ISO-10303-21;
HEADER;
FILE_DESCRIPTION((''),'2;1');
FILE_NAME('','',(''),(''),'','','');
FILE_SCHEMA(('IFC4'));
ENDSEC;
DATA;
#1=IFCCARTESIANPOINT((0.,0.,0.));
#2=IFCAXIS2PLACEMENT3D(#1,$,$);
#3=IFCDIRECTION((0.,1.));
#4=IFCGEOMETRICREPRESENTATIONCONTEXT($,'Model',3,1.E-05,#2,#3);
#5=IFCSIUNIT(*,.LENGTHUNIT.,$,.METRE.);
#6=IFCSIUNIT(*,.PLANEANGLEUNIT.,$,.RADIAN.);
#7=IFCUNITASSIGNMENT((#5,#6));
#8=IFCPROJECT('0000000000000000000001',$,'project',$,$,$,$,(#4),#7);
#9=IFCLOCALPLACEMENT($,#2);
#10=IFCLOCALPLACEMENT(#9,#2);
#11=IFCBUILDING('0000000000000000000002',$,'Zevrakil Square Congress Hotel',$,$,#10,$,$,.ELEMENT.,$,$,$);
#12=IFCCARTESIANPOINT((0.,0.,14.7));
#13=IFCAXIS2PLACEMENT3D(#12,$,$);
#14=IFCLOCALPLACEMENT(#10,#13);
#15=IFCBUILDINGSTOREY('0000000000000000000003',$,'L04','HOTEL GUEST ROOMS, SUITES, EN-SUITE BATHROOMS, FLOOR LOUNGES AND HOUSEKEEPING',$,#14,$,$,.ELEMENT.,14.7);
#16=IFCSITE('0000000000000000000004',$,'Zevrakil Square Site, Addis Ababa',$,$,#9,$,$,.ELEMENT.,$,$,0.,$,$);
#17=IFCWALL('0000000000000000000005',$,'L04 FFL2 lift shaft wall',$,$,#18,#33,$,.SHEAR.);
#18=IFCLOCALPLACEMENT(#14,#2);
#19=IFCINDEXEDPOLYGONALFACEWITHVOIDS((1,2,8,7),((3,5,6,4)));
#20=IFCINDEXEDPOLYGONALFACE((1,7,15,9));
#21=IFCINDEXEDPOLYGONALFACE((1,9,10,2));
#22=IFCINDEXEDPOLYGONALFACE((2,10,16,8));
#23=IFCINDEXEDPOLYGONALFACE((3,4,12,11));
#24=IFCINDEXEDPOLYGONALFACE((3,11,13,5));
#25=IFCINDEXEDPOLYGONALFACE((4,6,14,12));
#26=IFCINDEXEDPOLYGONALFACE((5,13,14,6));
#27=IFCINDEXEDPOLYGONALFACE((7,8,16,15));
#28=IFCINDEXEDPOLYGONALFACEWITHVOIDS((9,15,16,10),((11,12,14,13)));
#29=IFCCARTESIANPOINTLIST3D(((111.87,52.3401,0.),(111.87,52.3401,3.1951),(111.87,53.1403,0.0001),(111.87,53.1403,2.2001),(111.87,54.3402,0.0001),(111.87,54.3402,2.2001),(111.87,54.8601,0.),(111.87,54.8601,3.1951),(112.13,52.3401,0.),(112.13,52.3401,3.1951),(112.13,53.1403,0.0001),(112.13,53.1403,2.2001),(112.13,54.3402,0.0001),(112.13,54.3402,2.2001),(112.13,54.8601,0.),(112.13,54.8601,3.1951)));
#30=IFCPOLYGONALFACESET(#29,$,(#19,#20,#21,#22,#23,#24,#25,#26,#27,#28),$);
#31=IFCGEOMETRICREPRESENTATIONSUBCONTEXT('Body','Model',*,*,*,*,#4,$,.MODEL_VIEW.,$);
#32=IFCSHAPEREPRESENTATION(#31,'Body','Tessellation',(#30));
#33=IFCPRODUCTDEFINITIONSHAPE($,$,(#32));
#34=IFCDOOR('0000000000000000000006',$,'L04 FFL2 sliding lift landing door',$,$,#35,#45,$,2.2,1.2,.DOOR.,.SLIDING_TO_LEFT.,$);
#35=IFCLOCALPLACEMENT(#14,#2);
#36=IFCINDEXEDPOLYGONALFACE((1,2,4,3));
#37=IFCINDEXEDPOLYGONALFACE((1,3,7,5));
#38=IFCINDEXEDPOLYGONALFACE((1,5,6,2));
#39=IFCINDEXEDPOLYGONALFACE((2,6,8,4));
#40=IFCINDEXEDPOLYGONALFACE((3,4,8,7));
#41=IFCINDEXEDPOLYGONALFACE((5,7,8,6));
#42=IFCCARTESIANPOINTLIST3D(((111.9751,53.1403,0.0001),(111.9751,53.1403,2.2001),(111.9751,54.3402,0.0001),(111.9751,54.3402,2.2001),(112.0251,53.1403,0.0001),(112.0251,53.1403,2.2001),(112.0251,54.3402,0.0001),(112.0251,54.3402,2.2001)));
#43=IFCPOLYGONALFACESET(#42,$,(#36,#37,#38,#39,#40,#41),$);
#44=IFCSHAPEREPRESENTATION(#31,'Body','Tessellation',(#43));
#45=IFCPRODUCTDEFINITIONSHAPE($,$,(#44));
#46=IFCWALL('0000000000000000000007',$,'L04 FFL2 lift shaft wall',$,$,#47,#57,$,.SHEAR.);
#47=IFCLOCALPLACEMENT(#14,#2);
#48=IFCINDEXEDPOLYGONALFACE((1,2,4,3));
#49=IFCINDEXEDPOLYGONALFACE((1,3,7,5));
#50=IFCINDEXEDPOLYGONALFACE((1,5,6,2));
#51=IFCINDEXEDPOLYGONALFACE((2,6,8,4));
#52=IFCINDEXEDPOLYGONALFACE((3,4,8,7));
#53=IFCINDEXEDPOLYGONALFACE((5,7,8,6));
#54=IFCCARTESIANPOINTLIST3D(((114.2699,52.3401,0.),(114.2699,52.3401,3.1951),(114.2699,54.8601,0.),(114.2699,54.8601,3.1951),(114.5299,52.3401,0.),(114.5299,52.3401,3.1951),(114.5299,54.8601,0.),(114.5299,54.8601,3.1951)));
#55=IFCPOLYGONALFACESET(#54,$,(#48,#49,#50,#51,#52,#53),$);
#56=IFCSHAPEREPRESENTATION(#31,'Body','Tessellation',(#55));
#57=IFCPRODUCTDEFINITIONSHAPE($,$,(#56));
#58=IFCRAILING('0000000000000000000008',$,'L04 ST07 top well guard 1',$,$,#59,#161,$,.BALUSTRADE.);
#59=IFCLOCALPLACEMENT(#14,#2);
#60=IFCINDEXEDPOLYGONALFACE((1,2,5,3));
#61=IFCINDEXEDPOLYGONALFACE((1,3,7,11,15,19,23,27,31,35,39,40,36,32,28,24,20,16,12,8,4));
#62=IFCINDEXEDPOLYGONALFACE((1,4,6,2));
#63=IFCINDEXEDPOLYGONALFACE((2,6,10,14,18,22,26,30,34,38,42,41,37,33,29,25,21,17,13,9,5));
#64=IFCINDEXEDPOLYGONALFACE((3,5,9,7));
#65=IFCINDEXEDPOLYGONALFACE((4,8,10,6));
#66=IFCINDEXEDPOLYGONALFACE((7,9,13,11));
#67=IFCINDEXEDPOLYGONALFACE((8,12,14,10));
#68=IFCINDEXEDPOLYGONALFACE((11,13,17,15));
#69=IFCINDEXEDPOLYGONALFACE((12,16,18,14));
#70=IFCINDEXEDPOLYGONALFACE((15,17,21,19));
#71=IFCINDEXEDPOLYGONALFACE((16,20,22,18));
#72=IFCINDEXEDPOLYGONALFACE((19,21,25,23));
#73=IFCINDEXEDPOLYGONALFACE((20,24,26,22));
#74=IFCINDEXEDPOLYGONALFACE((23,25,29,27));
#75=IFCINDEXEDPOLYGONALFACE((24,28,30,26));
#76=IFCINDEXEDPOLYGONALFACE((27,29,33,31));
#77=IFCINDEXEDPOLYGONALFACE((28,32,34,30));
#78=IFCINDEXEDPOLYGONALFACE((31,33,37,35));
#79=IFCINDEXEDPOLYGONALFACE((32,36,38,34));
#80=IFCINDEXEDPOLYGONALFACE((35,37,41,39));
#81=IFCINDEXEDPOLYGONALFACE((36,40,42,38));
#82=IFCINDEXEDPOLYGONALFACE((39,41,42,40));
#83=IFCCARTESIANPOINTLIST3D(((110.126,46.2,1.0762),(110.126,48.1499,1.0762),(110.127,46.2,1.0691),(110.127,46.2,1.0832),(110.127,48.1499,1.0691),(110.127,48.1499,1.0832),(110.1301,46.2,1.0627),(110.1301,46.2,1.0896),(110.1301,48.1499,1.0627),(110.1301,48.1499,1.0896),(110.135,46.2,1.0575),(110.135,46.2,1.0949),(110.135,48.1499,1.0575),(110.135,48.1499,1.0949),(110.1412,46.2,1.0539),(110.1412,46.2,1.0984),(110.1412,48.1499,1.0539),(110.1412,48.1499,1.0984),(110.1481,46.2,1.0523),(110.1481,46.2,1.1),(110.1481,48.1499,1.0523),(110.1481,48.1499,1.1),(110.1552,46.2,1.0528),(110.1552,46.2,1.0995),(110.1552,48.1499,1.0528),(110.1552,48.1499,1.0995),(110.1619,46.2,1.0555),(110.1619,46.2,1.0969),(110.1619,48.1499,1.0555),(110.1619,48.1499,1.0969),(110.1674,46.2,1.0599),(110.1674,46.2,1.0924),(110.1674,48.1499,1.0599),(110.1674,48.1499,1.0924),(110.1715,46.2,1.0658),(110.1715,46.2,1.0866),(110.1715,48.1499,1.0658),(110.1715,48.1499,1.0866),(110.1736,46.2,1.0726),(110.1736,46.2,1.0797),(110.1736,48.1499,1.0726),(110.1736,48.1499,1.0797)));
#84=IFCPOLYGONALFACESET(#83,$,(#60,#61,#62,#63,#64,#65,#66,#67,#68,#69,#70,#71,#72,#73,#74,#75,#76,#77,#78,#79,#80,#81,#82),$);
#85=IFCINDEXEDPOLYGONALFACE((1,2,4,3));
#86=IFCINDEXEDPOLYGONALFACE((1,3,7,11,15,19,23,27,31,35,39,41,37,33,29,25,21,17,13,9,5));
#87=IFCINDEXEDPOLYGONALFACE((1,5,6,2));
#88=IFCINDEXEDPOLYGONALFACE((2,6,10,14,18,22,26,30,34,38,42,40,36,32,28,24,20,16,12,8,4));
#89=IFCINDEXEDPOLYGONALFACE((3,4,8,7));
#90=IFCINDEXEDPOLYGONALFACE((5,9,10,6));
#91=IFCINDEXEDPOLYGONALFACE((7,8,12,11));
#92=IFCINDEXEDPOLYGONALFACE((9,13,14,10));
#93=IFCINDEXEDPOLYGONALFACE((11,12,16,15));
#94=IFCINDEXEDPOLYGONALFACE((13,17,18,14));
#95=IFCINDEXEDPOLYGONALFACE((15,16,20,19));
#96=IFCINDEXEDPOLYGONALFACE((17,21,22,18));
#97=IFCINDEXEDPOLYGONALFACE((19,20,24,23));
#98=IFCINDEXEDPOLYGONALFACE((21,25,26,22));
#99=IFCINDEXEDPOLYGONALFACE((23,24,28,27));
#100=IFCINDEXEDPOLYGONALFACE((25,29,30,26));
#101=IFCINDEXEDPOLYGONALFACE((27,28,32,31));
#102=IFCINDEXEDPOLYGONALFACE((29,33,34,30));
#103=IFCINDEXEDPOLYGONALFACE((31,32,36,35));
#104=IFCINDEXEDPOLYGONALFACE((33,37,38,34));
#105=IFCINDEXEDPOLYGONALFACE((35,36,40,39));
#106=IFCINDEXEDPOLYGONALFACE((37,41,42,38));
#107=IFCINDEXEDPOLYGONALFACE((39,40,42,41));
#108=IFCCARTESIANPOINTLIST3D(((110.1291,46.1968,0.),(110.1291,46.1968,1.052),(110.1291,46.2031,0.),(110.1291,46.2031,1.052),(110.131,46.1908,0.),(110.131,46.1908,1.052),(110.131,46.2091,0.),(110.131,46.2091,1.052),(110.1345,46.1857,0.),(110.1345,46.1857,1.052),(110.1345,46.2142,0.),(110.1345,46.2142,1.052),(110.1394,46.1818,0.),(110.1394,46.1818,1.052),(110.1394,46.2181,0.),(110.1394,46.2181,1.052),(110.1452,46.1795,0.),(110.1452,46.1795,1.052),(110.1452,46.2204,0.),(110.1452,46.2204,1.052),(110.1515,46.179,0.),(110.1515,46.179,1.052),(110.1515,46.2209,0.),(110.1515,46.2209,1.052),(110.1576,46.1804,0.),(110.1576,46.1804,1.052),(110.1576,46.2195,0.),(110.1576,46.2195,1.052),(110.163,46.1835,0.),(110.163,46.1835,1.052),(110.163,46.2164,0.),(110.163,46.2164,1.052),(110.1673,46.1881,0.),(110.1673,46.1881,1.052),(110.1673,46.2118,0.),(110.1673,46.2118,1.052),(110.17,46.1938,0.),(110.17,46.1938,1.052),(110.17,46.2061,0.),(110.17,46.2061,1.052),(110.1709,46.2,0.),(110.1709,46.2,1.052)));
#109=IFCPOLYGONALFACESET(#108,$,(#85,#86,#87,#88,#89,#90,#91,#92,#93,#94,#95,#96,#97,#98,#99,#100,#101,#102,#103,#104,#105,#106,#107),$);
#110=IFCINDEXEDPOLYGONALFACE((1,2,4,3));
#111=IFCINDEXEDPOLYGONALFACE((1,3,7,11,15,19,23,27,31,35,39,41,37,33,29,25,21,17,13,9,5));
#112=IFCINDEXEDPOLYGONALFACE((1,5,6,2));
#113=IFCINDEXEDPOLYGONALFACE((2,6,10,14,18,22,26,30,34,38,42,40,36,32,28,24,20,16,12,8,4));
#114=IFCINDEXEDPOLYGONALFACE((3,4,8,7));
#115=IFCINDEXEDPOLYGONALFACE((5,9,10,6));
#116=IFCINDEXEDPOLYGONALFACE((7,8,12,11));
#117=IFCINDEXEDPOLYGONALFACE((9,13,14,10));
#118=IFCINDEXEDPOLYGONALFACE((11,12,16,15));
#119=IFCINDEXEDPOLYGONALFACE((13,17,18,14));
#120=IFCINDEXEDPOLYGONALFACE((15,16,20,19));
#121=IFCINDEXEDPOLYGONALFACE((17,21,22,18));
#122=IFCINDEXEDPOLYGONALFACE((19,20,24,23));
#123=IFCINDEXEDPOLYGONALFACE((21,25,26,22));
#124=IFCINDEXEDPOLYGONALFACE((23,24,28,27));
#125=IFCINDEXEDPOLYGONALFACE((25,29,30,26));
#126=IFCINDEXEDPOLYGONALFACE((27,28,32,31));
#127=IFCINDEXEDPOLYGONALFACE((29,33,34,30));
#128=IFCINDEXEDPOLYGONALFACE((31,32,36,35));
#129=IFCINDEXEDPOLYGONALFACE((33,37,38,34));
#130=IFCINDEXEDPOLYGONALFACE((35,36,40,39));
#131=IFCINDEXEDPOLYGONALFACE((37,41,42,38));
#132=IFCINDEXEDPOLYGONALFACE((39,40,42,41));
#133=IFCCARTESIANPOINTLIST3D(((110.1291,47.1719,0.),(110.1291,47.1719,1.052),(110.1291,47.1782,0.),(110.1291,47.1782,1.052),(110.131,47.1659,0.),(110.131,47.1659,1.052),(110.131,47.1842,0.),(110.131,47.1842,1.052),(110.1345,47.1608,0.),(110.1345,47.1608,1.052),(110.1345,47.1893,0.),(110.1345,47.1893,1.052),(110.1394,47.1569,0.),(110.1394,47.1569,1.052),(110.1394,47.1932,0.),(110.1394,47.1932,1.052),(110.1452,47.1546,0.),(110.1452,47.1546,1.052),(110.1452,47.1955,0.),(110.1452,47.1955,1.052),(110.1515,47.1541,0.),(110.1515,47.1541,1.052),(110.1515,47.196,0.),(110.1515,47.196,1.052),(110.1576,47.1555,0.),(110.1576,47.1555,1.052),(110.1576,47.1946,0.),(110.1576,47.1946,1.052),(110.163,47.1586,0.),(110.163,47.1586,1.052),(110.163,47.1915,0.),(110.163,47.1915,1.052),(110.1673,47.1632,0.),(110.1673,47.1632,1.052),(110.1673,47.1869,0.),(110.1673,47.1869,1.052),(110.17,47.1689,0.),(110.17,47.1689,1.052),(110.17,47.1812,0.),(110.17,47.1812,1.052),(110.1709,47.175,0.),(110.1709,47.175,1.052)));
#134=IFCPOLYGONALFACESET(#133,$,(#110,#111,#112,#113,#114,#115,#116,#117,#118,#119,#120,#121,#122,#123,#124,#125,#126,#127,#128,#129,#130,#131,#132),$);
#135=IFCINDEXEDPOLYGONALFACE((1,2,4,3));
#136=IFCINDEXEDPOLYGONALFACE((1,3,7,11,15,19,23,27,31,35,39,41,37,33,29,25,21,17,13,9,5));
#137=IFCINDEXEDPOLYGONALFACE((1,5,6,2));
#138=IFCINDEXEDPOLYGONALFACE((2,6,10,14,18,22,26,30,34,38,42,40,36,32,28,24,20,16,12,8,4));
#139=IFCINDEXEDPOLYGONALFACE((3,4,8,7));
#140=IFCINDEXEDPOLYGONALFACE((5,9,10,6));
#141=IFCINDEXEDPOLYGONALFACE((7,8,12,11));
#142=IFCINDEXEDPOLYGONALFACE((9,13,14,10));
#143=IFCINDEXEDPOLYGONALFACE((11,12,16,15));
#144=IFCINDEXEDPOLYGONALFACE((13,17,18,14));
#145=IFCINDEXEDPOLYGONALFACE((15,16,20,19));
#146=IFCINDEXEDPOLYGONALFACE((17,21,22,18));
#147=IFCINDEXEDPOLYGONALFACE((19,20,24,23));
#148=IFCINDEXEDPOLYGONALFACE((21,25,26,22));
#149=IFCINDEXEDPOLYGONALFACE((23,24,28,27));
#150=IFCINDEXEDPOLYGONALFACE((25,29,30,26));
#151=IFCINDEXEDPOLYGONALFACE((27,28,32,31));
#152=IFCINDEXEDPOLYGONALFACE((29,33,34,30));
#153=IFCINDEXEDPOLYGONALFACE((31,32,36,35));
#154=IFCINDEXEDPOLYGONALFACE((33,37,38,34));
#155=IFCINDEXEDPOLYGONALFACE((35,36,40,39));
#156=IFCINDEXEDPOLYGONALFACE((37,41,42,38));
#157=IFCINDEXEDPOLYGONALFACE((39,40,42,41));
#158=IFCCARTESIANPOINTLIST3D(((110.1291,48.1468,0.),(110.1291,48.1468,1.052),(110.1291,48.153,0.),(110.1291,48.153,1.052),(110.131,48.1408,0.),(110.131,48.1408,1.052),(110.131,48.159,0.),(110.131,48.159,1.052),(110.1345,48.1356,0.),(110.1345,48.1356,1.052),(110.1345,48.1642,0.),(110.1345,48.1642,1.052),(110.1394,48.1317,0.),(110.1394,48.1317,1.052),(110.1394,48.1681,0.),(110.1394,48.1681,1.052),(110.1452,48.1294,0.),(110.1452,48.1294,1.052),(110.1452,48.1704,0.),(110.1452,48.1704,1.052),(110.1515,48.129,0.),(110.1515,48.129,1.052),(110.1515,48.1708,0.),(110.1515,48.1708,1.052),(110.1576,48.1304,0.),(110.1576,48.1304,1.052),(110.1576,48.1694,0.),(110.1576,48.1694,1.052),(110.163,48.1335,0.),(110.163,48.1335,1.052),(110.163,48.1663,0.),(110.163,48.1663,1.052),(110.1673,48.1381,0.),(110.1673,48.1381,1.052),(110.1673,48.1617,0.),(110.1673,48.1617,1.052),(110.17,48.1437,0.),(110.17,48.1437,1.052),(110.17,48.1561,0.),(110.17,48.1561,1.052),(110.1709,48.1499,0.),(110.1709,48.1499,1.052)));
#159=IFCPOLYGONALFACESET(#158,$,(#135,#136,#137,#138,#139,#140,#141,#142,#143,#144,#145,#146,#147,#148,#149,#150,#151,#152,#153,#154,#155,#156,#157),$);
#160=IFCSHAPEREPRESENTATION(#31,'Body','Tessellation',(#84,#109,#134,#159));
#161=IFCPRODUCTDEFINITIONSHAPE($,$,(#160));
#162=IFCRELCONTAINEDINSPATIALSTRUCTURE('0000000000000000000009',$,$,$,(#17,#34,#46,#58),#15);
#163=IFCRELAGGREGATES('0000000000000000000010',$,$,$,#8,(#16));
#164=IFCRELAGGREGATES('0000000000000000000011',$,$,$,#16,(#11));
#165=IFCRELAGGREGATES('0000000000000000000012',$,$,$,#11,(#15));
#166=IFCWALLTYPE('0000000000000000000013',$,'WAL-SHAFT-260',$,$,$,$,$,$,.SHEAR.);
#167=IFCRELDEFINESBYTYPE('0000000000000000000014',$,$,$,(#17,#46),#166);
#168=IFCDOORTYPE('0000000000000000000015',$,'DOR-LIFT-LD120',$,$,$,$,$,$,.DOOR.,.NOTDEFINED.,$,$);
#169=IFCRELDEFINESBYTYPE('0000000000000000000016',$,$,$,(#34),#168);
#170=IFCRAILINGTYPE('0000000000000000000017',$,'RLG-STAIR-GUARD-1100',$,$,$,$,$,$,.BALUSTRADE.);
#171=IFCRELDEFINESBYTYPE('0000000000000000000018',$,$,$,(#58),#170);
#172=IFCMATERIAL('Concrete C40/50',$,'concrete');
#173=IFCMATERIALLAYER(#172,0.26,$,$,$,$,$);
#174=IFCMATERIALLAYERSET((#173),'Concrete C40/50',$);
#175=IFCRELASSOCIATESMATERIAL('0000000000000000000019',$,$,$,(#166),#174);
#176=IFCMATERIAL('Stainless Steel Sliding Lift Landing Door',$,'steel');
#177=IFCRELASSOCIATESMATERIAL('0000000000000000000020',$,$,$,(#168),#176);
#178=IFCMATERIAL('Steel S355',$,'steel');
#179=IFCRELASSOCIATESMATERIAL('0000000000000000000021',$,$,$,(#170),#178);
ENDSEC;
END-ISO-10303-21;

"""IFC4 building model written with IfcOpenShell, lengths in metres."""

from ifc_helpers import new_model, si_unit, direction, frame, frame_2d, origin, origin_2d, place, context, subcontext, project, spatial, rectangle, circle, extrude, material, layer, layer_set, type_object, element, fill, save


model = new_model("IFC4")

# Units and contexts
model_context = context("Model", 3, precision=1e-05, world=origin(), true_north=direction((0.0, 1.0)))
body_context = subcontext(model_context, "Body", "Model", "MODEL_VIEW")
ifc_project = project(units=[si_unit("LENGTHUNIT", "METRE"), si_unit("PLANEANGLEUNIT", "RADIAN")], contexts=[model_context])

# Site, building, storey
site_placement = place(None, origin())
site = spatial("IfcSite", under=ifc_project, at=site_placement, Name="Zevrakil Square Site, Addis Ababa", CompositionType="ELEMENT", RefElevation=0.0)
building_placement = place(site_placement, origin())
building = spatial("IfcBuilding", under=site, at=building_placement, Name="Zevrakil Square Congress Hotel", CompositionType="ELEMENT")
storey_placement = place(building_placement, frame((0.0, 0.0, 14.7)))
storey = spatial("IfcBuildingStorey", under=building, at=storey_placement, Name="L04", Description="HOTEL GUEST ROOMS, SUITES, EN-SUITE BATHROOMS, FLOOR LOUNGES AND HOUSEKEEPING", CompositionType="ELEMENT", Elevation=14.7)

# Shared definitions
ifc_material_1 = material(Name="Concrete C40/50", Category="concrete")
ifc_layer_1 = layer(ifc_material_1, 0.26)
ifc_layer_set_1 = layer_set([ifc_layer_1], Name="Concrete C40/50")
wall_type_1 = type_object("IfcWallType", Name="WAL-SHAFT-260", PredefinedType="SHEAR", material=ifc_layer_set_1)

# Wall, opening, door
wall_1_placement = place(storey_placement, frame((112.0, 52.3401, 0.0), z_axis=(0.0, 0.0, 1.0), x_axis=(0.0, 1.0, 0.0)))
wall_1 = element("IfcWall", 1, at=wall_1_placement, inside=storey, type_object=wall_type_1, Name="L04 FFL2 lift shaft wall", PredefinedType="SHEAR", context=body_context, shape_type="SweptSolid", body=[
    extrude(rectangle(XDim=2.52, YDim=0.26, at=frame_2d((1.26, 0.0))), origin(), (0.0, 0.0, 1.0), 3.1951),
])
opening_1_placement = place(wall_1_placement, frame((0.8, 0.0, 0.0)))
opening_1 = element("IfcOpeningElement", 2, at=opening_1_placement, cuts=wall_1, PredefinedType="OPENING", context=body_context, shape_type="SweptSolid", body=[
    extrude(rectangle(XDim=1.2, YDim=2.2, at=frame_2d((0.6001, 1.1001))), frame((0.0, 0.1401, 0.0), z_axis=(0.0, -1.0, 0.0), x_axis=(1.0, 0.0, 0.0)), (0.0, 0.0, 1.0), 0.28),
])
ifc_material_2 = material(Name="Stainless Steel Sliding Lift Landing Door", Category="steel")
door_type_1 = type_object("IfcDoorType", Name="DOR-LIFT-LD120", OperationType="NOTDEFINED", PredefinedType="DOOR", material=ifc_material_2)
door_1_placement = place(opening_1_placement, origin())
door_1 = element("IfcDoor", 3, at=door_1_placement, inside=storey, type_object=door_type_1, Name="L04 FFL2 sliding lift landing door", OperationType="SLIDING_TO_LEFT", OverallHeight=2.2, OverallWidth=1.2, PredefinedType="DOOR", context=body_context, shape_type="SweptSolid", body=[
    extrude(rectangle(XDim=1.2, YDim=2.2, at=frame_2d((0.6001, 1.1001))), frame((0.0, 0.0249, 0.0), z_axis=(0.0, -1.0, 0.0), x_axis=(1.0, 0.0, 0.0)), (0.0, 0.0, 1.0), 0.05),
])
fill(opening_1, door_1)

# Wall
wall_2_placement = place(storey_placement, frame((114.3999, 52.3401, 0.0), z_axis=(0.0, 0.0, 1.0), x_axis=(0.0, 1.0, 0.0)))
element("IfcWall", 4, at=wall_2_placement, inside=storey, type_object=wall_type_1, Name="L04 FFL2 lift shaft wall", PredefinedType="SHEAR", context=body_context, shape_type="SweptSolid", body=[
    extrude(rectangle(XDim=2.52, YDim=0.26, at=frame_2d((1.26, 0.0))), origin(), (0.0, 0.0, 1.0), 3.1951),
])

# Railing
ifc_material_3 = material(Name="Steel S355", Category="steel")
railing_type = type_object("IfcRailingType", Name="RLG-STAIR-GUARD-1100", PredefinedType="BALUSTRADE", material=ifc_material_3)
railing_placement = place(storey_placement, frame((110.1499, 46.2, 0.0)))
element("IfcRailing", 5, at=railing_placement, inside=storey, type_object=railing_type, Name="L04 ST07 top well guard 1", PredefinedType="BALUSTRADE", context=body_context, shape_type="SweptSolid", body=[
    extrude(circle(Radius=0.0239, at=origin_2d()), frame((0.0, 0.0, 1.0762), z_axis=(0.0, 1.0, 0.0), x_axis=(-1.0, 0.0, 0.0)), (0.0, 0.0, 1.0), 1.95),
    extrude(circle(Radius=0.021, at=origin_2d()), origin(), (0.0, 0.0, 1.0), 1.052),
    extrude(circle(Radius=0.021, at=origin_2d()), frame((0.0, 0.9751, 0.0)), (0.0, 0.0, 1.0), 1.052),
    extrude(circle(Radius=0.021, at=origin_2d()), frame((0.0, 1.95, 0.0)), (0.0, 0.0, 1.0), 1.052),
])

save(model, "model.ifc")
